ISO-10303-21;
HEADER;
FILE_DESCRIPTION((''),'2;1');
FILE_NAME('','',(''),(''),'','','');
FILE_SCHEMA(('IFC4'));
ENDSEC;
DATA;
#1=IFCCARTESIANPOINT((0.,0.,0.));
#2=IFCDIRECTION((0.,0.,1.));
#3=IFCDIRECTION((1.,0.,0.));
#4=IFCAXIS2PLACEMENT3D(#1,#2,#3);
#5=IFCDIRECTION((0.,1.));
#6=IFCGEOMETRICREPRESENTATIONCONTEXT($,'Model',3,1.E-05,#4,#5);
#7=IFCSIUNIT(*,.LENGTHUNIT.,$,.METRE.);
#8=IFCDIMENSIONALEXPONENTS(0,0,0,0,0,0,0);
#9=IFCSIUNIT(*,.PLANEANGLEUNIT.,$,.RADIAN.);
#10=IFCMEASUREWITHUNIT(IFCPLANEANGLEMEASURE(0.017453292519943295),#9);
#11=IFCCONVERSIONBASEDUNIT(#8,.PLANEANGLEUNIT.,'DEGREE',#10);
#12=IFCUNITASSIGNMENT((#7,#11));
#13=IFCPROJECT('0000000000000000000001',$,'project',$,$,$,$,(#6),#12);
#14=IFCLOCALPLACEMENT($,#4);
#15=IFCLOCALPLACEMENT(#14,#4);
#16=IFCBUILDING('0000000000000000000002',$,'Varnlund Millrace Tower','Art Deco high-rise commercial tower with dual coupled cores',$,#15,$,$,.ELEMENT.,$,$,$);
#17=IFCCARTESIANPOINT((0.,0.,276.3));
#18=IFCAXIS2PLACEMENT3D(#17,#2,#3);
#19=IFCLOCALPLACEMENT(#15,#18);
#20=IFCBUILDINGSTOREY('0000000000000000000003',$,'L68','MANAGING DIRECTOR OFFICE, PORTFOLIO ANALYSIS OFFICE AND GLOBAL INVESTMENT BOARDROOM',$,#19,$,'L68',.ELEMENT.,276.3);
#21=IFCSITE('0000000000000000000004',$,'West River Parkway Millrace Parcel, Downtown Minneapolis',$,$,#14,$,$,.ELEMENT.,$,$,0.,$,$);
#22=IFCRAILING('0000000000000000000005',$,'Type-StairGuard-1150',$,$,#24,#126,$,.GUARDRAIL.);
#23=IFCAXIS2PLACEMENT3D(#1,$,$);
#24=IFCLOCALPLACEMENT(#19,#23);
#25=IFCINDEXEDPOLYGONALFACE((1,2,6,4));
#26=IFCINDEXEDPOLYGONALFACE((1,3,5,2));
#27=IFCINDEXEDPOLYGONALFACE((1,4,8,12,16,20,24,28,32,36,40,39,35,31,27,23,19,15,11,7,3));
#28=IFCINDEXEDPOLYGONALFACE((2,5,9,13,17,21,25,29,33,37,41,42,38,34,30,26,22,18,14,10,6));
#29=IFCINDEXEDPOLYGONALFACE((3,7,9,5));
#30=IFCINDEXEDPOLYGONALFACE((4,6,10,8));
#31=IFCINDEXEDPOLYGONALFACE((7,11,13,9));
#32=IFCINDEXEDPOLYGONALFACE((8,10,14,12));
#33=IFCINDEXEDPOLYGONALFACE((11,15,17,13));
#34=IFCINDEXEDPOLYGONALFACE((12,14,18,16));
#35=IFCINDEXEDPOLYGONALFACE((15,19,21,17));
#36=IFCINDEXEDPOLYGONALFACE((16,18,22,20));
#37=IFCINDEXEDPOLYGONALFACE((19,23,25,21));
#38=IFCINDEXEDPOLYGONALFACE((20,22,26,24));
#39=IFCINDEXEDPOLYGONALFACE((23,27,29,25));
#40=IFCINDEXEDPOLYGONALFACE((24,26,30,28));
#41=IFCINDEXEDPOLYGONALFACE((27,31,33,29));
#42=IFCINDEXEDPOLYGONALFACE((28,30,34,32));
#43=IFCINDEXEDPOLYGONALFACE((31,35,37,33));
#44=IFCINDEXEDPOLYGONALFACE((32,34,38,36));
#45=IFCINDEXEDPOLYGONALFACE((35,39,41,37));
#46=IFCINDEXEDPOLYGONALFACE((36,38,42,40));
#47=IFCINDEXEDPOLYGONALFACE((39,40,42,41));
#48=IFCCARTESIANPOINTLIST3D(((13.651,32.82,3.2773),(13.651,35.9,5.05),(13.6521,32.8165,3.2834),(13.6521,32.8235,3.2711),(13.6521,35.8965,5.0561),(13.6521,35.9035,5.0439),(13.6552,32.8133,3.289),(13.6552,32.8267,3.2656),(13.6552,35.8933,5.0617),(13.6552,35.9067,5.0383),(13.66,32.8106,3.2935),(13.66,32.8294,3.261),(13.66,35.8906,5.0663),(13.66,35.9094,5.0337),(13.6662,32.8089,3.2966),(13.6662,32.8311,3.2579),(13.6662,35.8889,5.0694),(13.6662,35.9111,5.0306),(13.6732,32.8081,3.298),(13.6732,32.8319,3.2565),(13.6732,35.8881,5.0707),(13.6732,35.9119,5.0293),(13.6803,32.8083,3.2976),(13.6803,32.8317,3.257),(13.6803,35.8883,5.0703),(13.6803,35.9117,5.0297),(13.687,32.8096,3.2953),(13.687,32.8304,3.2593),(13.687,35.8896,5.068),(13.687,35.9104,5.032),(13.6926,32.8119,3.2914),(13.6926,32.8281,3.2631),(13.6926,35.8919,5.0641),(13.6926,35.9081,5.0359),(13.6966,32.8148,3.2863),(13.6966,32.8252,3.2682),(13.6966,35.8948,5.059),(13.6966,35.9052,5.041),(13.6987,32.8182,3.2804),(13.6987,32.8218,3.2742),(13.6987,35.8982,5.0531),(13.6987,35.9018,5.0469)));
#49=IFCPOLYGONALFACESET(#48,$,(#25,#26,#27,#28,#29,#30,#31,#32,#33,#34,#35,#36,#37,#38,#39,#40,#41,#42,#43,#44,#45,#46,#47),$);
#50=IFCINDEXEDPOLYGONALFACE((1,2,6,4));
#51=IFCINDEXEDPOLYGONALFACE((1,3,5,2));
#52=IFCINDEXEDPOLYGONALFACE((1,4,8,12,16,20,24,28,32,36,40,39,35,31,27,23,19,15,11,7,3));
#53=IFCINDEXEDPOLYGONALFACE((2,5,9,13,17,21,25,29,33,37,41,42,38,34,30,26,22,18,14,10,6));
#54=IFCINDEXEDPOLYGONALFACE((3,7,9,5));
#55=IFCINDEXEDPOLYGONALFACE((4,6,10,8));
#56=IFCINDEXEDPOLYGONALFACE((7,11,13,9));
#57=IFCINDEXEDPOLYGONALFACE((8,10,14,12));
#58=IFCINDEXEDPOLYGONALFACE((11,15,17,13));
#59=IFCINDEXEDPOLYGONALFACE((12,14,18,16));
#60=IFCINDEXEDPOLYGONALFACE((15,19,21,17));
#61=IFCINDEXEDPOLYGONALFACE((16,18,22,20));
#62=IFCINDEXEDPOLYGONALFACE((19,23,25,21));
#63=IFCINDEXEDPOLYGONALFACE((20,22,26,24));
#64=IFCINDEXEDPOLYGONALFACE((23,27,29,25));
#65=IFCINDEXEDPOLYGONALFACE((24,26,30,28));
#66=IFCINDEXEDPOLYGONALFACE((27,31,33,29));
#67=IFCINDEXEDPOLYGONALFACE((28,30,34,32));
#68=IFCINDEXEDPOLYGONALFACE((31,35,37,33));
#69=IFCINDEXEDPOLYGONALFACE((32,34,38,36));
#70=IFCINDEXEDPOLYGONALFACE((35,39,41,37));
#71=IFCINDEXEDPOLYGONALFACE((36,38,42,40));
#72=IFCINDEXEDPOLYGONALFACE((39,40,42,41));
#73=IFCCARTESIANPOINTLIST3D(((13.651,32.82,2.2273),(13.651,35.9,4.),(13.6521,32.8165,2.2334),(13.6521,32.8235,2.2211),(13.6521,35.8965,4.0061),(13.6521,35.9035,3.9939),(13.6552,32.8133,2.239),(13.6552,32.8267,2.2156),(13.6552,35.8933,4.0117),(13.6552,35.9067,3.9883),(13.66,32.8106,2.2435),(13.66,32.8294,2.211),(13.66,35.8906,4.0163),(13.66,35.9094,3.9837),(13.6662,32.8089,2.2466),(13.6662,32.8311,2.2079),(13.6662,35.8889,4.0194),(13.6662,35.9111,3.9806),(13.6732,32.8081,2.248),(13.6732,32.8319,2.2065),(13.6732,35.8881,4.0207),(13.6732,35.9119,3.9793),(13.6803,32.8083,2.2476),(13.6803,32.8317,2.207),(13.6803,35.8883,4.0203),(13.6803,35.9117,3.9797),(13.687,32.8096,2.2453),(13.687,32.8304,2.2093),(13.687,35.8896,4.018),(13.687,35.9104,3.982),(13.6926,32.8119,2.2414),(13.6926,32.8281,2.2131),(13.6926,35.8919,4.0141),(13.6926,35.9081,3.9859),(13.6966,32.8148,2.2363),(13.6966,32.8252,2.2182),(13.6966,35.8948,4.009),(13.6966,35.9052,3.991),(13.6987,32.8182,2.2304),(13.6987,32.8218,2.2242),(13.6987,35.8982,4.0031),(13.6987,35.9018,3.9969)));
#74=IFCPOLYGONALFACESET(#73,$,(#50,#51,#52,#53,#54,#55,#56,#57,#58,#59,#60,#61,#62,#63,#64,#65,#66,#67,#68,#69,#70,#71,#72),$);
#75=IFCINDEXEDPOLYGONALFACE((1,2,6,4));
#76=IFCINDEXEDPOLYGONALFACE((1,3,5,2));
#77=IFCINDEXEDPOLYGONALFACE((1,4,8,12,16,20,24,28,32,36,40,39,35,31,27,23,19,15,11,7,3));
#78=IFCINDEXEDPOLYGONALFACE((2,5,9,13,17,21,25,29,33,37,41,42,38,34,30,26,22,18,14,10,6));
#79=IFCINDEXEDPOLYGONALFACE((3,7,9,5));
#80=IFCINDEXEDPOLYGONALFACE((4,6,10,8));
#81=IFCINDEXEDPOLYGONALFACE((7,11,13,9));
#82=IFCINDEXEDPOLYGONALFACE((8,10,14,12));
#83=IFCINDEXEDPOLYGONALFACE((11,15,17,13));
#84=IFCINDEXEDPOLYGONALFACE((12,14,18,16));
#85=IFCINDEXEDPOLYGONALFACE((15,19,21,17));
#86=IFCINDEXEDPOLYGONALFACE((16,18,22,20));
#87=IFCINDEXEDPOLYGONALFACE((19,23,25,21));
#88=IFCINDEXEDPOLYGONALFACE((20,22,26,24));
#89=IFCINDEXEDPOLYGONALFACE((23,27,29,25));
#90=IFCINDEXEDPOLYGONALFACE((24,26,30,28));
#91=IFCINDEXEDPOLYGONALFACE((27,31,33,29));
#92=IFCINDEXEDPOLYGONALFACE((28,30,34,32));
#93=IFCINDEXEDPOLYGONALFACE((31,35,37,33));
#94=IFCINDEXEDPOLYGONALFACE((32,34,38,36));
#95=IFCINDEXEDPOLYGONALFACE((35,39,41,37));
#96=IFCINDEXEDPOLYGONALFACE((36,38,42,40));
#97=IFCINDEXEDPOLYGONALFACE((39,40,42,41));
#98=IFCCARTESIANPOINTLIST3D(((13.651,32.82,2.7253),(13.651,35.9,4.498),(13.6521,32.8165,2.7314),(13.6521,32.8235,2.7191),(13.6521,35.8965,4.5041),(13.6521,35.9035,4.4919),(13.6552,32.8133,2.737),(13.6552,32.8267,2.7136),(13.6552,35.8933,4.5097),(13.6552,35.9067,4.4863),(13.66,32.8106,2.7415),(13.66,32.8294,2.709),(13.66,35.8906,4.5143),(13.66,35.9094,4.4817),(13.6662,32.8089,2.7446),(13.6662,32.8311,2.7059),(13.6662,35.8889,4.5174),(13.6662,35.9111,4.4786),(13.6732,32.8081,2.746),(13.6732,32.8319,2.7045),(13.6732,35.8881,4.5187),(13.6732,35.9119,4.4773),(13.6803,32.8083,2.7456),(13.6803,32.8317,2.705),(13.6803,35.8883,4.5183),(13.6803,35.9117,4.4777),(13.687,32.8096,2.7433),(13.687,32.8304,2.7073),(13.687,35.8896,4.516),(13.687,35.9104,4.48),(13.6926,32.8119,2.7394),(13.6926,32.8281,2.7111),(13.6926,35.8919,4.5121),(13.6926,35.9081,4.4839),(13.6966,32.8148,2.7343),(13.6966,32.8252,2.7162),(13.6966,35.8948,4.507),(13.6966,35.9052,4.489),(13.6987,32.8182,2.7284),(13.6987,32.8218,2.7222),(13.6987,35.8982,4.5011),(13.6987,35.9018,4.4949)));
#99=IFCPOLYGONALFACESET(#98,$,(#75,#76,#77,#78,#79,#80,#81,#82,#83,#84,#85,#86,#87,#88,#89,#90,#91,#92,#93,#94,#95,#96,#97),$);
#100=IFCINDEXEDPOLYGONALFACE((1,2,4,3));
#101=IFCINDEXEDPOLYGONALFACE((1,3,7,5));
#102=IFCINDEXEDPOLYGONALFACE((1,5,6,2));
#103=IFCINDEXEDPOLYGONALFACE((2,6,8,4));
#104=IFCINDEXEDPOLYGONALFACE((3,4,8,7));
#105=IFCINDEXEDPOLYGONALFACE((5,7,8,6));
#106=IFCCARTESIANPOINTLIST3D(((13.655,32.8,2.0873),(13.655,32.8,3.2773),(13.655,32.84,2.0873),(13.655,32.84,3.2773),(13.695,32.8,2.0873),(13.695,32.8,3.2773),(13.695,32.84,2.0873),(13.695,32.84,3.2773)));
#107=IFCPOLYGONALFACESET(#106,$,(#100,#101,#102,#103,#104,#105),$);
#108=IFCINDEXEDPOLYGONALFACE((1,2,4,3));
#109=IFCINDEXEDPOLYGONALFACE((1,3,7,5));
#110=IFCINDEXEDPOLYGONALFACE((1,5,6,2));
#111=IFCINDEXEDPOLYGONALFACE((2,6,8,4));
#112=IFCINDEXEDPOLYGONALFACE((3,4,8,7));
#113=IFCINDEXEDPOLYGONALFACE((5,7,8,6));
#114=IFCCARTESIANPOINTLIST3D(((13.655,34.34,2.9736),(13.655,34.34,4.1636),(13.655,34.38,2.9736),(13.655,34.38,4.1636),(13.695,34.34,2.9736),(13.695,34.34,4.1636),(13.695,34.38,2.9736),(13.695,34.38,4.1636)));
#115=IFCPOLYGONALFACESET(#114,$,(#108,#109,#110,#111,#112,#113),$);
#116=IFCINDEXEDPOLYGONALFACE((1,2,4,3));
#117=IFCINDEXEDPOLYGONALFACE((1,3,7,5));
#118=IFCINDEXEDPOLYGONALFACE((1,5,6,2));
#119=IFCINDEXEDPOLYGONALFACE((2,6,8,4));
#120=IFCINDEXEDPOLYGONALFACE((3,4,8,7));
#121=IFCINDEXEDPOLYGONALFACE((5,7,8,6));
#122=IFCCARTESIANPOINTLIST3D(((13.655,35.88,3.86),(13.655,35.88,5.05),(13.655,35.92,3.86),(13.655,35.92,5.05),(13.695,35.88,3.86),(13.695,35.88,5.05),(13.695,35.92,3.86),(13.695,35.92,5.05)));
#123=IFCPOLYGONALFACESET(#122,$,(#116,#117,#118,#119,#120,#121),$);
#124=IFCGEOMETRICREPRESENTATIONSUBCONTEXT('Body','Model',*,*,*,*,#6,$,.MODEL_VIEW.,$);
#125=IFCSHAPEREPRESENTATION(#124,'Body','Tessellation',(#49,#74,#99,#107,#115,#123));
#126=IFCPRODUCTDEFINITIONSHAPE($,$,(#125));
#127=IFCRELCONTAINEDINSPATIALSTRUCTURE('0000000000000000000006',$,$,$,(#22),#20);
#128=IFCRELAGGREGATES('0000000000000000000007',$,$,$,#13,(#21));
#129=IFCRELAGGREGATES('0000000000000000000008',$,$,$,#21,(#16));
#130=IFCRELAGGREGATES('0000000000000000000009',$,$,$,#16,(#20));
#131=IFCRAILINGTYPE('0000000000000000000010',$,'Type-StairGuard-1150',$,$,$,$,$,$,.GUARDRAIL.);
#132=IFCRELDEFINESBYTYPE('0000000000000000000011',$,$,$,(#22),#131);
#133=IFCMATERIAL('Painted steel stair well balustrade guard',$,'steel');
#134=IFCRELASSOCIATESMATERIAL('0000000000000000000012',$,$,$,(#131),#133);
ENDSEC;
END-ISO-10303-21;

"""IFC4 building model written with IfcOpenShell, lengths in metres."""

from ifc_helpers import new_model, entity, si_unit, converted_unit, direction, frame, origin_with_axes, origin_2d_with_axis, place, context, subcontext, project, spatial, rectangle, circle, extrude, material, type_object, element, save


model = new_model("IFC4")

# Units and contexts
model_context = context("Model", 3, precision=1e-05, world=origin_with_axes(), true_north=direction((0.0, 1.0)))
body_context = subcontext(model_context, "Body", "Model", "MODEL_VIEW")
ifc_project = project(units=[si_unit("LENGTHUNIT", "METRE"), converted_unit("PLANEANGLEUNIT", "DEGREE", entity("IfcPlaneAngleMeasure", 0.017453292519943295), si_unit("PLANEANGLEUNIT", "RADIAN"), dimensions=[0, 0, 0, 0, 0, 0, 0])], contexts=[model_context])

# Site, building, storey
site_placement = place(None, origin_with_axes())
site = spatial("IfcSite", under=ifc_project, at=site_placement, Name="West River Parkway Millrace Parcel, Downtown Minneapolis", CompositionType="ELEMENT", RefElevation=0.0)
building_placement = place(site_placement, origin_with_axes())
building = spatial("IfcBuilding", under=site, at=building_placement, Name="Varnlund Millrace Tower", Description="Art Deco high-rise commercial tower with dual coupled cores", CompositionType="ELEMENT")
storey_placement = place(building_placement, frame((0.0, 0.0, 276.3), z_axis=(0.0, 0.0, 1.0), x_axis=(1.0, 0.0, 0.0)))
storey = spatial("IfcBuildingStorey", under=building, at=storey_placement, Name="L68", Description="MANAGING DIRECTOR OFFICE, PORTFOLIO ANALYSIS OFFICE AND GLOBAL INVESTMENT BOARDROOM", LongName="L68", CompositionType="ELEMENT", Elevation=276.3)

# Railing
ifc_material_1 = material(Name="Painted steel stair well balustrade guard", Category="steel")
railing_type_1 = type_object("IfcRailingType", Name="Type-StairGuard-1150", PredefinedType="GUARDRAIL", material=ifc_material_1)
railing_1_placement = place(storey_placement, frame((0.0, 0.0, -276.3), z_axis=(0.0, 0.0, 1.0), x_axis=(1.0, 0.0, 0.0)))
element("IfcRailing", 1, at=railing_1_placement, inside=storey, type_object=railing_type_1, Name="Type-StairGuard-1150", PredefinedType="GUARDRAIL", context=body_context, shape_type="SweptSolid", body=[
    extrude(circle(Radius=0.024, at=origin_2d_with_axis()), frame((13.675, 32.82, 279.5773), z_axis=(0.0, 0.866696, 0.498836), x_axis=(-1.0, 0.0, 0.0)), (0.0, 0.0, 1.0), 3.5537),
    extrude(circle(Radius=0.024, at=origin_2d_with_axis()), frame((13.675, 32.82, 278.5273), z_axis=(0.0, 0.866696, 0.498836), x_axis=(-1.0, 0.0, 0.0)), (0.0, 0.0, 1.0), 3.5537),
    extrude(circle(Radius=0.024, at=origin_2d_with_axis()), frame((13.675, 32.82, 279.0253), z_axis=(0.0, 0.866696, 0.498836), x_axis=(-1.0, 0.0, 0.0)), (0.0, 0.0, 1.0), 3.5537),
    extrude(rectangle(XDim=0.04, YDim=0.04, at=origin_2d_with_axis()), frame((13.675, 32.82, 278.3873), z_axis=(0.0, 0.0, 1.0), x_axis=(1.0, 0.0, 0.0)), (0.0, 0.0, 1.0), 1.19),
    extrude(rectangle(XDim=0.04, YDim=0.04, at=origin_2d_with_axis()), frame((13.675, 34.36, 279.2736), z_axis=(0.0, 0.0, 1.0), x_axis=(1.0, 0.0, 0.0)), (0.0, 0.0, 1.0), 1.19),
    extrude(rectangle(XDim=0.04, YDim=0.04, at=origin_2d_with_axis()), frame((13.675, 35.9, 280.16), z_axis=(0.0, 0.0, 1.0), x_axis=(1.0, 0.0, 0.0)), (0.0, 0.0, 1.0), 1.19),
])

save(model, "model.ifc")
